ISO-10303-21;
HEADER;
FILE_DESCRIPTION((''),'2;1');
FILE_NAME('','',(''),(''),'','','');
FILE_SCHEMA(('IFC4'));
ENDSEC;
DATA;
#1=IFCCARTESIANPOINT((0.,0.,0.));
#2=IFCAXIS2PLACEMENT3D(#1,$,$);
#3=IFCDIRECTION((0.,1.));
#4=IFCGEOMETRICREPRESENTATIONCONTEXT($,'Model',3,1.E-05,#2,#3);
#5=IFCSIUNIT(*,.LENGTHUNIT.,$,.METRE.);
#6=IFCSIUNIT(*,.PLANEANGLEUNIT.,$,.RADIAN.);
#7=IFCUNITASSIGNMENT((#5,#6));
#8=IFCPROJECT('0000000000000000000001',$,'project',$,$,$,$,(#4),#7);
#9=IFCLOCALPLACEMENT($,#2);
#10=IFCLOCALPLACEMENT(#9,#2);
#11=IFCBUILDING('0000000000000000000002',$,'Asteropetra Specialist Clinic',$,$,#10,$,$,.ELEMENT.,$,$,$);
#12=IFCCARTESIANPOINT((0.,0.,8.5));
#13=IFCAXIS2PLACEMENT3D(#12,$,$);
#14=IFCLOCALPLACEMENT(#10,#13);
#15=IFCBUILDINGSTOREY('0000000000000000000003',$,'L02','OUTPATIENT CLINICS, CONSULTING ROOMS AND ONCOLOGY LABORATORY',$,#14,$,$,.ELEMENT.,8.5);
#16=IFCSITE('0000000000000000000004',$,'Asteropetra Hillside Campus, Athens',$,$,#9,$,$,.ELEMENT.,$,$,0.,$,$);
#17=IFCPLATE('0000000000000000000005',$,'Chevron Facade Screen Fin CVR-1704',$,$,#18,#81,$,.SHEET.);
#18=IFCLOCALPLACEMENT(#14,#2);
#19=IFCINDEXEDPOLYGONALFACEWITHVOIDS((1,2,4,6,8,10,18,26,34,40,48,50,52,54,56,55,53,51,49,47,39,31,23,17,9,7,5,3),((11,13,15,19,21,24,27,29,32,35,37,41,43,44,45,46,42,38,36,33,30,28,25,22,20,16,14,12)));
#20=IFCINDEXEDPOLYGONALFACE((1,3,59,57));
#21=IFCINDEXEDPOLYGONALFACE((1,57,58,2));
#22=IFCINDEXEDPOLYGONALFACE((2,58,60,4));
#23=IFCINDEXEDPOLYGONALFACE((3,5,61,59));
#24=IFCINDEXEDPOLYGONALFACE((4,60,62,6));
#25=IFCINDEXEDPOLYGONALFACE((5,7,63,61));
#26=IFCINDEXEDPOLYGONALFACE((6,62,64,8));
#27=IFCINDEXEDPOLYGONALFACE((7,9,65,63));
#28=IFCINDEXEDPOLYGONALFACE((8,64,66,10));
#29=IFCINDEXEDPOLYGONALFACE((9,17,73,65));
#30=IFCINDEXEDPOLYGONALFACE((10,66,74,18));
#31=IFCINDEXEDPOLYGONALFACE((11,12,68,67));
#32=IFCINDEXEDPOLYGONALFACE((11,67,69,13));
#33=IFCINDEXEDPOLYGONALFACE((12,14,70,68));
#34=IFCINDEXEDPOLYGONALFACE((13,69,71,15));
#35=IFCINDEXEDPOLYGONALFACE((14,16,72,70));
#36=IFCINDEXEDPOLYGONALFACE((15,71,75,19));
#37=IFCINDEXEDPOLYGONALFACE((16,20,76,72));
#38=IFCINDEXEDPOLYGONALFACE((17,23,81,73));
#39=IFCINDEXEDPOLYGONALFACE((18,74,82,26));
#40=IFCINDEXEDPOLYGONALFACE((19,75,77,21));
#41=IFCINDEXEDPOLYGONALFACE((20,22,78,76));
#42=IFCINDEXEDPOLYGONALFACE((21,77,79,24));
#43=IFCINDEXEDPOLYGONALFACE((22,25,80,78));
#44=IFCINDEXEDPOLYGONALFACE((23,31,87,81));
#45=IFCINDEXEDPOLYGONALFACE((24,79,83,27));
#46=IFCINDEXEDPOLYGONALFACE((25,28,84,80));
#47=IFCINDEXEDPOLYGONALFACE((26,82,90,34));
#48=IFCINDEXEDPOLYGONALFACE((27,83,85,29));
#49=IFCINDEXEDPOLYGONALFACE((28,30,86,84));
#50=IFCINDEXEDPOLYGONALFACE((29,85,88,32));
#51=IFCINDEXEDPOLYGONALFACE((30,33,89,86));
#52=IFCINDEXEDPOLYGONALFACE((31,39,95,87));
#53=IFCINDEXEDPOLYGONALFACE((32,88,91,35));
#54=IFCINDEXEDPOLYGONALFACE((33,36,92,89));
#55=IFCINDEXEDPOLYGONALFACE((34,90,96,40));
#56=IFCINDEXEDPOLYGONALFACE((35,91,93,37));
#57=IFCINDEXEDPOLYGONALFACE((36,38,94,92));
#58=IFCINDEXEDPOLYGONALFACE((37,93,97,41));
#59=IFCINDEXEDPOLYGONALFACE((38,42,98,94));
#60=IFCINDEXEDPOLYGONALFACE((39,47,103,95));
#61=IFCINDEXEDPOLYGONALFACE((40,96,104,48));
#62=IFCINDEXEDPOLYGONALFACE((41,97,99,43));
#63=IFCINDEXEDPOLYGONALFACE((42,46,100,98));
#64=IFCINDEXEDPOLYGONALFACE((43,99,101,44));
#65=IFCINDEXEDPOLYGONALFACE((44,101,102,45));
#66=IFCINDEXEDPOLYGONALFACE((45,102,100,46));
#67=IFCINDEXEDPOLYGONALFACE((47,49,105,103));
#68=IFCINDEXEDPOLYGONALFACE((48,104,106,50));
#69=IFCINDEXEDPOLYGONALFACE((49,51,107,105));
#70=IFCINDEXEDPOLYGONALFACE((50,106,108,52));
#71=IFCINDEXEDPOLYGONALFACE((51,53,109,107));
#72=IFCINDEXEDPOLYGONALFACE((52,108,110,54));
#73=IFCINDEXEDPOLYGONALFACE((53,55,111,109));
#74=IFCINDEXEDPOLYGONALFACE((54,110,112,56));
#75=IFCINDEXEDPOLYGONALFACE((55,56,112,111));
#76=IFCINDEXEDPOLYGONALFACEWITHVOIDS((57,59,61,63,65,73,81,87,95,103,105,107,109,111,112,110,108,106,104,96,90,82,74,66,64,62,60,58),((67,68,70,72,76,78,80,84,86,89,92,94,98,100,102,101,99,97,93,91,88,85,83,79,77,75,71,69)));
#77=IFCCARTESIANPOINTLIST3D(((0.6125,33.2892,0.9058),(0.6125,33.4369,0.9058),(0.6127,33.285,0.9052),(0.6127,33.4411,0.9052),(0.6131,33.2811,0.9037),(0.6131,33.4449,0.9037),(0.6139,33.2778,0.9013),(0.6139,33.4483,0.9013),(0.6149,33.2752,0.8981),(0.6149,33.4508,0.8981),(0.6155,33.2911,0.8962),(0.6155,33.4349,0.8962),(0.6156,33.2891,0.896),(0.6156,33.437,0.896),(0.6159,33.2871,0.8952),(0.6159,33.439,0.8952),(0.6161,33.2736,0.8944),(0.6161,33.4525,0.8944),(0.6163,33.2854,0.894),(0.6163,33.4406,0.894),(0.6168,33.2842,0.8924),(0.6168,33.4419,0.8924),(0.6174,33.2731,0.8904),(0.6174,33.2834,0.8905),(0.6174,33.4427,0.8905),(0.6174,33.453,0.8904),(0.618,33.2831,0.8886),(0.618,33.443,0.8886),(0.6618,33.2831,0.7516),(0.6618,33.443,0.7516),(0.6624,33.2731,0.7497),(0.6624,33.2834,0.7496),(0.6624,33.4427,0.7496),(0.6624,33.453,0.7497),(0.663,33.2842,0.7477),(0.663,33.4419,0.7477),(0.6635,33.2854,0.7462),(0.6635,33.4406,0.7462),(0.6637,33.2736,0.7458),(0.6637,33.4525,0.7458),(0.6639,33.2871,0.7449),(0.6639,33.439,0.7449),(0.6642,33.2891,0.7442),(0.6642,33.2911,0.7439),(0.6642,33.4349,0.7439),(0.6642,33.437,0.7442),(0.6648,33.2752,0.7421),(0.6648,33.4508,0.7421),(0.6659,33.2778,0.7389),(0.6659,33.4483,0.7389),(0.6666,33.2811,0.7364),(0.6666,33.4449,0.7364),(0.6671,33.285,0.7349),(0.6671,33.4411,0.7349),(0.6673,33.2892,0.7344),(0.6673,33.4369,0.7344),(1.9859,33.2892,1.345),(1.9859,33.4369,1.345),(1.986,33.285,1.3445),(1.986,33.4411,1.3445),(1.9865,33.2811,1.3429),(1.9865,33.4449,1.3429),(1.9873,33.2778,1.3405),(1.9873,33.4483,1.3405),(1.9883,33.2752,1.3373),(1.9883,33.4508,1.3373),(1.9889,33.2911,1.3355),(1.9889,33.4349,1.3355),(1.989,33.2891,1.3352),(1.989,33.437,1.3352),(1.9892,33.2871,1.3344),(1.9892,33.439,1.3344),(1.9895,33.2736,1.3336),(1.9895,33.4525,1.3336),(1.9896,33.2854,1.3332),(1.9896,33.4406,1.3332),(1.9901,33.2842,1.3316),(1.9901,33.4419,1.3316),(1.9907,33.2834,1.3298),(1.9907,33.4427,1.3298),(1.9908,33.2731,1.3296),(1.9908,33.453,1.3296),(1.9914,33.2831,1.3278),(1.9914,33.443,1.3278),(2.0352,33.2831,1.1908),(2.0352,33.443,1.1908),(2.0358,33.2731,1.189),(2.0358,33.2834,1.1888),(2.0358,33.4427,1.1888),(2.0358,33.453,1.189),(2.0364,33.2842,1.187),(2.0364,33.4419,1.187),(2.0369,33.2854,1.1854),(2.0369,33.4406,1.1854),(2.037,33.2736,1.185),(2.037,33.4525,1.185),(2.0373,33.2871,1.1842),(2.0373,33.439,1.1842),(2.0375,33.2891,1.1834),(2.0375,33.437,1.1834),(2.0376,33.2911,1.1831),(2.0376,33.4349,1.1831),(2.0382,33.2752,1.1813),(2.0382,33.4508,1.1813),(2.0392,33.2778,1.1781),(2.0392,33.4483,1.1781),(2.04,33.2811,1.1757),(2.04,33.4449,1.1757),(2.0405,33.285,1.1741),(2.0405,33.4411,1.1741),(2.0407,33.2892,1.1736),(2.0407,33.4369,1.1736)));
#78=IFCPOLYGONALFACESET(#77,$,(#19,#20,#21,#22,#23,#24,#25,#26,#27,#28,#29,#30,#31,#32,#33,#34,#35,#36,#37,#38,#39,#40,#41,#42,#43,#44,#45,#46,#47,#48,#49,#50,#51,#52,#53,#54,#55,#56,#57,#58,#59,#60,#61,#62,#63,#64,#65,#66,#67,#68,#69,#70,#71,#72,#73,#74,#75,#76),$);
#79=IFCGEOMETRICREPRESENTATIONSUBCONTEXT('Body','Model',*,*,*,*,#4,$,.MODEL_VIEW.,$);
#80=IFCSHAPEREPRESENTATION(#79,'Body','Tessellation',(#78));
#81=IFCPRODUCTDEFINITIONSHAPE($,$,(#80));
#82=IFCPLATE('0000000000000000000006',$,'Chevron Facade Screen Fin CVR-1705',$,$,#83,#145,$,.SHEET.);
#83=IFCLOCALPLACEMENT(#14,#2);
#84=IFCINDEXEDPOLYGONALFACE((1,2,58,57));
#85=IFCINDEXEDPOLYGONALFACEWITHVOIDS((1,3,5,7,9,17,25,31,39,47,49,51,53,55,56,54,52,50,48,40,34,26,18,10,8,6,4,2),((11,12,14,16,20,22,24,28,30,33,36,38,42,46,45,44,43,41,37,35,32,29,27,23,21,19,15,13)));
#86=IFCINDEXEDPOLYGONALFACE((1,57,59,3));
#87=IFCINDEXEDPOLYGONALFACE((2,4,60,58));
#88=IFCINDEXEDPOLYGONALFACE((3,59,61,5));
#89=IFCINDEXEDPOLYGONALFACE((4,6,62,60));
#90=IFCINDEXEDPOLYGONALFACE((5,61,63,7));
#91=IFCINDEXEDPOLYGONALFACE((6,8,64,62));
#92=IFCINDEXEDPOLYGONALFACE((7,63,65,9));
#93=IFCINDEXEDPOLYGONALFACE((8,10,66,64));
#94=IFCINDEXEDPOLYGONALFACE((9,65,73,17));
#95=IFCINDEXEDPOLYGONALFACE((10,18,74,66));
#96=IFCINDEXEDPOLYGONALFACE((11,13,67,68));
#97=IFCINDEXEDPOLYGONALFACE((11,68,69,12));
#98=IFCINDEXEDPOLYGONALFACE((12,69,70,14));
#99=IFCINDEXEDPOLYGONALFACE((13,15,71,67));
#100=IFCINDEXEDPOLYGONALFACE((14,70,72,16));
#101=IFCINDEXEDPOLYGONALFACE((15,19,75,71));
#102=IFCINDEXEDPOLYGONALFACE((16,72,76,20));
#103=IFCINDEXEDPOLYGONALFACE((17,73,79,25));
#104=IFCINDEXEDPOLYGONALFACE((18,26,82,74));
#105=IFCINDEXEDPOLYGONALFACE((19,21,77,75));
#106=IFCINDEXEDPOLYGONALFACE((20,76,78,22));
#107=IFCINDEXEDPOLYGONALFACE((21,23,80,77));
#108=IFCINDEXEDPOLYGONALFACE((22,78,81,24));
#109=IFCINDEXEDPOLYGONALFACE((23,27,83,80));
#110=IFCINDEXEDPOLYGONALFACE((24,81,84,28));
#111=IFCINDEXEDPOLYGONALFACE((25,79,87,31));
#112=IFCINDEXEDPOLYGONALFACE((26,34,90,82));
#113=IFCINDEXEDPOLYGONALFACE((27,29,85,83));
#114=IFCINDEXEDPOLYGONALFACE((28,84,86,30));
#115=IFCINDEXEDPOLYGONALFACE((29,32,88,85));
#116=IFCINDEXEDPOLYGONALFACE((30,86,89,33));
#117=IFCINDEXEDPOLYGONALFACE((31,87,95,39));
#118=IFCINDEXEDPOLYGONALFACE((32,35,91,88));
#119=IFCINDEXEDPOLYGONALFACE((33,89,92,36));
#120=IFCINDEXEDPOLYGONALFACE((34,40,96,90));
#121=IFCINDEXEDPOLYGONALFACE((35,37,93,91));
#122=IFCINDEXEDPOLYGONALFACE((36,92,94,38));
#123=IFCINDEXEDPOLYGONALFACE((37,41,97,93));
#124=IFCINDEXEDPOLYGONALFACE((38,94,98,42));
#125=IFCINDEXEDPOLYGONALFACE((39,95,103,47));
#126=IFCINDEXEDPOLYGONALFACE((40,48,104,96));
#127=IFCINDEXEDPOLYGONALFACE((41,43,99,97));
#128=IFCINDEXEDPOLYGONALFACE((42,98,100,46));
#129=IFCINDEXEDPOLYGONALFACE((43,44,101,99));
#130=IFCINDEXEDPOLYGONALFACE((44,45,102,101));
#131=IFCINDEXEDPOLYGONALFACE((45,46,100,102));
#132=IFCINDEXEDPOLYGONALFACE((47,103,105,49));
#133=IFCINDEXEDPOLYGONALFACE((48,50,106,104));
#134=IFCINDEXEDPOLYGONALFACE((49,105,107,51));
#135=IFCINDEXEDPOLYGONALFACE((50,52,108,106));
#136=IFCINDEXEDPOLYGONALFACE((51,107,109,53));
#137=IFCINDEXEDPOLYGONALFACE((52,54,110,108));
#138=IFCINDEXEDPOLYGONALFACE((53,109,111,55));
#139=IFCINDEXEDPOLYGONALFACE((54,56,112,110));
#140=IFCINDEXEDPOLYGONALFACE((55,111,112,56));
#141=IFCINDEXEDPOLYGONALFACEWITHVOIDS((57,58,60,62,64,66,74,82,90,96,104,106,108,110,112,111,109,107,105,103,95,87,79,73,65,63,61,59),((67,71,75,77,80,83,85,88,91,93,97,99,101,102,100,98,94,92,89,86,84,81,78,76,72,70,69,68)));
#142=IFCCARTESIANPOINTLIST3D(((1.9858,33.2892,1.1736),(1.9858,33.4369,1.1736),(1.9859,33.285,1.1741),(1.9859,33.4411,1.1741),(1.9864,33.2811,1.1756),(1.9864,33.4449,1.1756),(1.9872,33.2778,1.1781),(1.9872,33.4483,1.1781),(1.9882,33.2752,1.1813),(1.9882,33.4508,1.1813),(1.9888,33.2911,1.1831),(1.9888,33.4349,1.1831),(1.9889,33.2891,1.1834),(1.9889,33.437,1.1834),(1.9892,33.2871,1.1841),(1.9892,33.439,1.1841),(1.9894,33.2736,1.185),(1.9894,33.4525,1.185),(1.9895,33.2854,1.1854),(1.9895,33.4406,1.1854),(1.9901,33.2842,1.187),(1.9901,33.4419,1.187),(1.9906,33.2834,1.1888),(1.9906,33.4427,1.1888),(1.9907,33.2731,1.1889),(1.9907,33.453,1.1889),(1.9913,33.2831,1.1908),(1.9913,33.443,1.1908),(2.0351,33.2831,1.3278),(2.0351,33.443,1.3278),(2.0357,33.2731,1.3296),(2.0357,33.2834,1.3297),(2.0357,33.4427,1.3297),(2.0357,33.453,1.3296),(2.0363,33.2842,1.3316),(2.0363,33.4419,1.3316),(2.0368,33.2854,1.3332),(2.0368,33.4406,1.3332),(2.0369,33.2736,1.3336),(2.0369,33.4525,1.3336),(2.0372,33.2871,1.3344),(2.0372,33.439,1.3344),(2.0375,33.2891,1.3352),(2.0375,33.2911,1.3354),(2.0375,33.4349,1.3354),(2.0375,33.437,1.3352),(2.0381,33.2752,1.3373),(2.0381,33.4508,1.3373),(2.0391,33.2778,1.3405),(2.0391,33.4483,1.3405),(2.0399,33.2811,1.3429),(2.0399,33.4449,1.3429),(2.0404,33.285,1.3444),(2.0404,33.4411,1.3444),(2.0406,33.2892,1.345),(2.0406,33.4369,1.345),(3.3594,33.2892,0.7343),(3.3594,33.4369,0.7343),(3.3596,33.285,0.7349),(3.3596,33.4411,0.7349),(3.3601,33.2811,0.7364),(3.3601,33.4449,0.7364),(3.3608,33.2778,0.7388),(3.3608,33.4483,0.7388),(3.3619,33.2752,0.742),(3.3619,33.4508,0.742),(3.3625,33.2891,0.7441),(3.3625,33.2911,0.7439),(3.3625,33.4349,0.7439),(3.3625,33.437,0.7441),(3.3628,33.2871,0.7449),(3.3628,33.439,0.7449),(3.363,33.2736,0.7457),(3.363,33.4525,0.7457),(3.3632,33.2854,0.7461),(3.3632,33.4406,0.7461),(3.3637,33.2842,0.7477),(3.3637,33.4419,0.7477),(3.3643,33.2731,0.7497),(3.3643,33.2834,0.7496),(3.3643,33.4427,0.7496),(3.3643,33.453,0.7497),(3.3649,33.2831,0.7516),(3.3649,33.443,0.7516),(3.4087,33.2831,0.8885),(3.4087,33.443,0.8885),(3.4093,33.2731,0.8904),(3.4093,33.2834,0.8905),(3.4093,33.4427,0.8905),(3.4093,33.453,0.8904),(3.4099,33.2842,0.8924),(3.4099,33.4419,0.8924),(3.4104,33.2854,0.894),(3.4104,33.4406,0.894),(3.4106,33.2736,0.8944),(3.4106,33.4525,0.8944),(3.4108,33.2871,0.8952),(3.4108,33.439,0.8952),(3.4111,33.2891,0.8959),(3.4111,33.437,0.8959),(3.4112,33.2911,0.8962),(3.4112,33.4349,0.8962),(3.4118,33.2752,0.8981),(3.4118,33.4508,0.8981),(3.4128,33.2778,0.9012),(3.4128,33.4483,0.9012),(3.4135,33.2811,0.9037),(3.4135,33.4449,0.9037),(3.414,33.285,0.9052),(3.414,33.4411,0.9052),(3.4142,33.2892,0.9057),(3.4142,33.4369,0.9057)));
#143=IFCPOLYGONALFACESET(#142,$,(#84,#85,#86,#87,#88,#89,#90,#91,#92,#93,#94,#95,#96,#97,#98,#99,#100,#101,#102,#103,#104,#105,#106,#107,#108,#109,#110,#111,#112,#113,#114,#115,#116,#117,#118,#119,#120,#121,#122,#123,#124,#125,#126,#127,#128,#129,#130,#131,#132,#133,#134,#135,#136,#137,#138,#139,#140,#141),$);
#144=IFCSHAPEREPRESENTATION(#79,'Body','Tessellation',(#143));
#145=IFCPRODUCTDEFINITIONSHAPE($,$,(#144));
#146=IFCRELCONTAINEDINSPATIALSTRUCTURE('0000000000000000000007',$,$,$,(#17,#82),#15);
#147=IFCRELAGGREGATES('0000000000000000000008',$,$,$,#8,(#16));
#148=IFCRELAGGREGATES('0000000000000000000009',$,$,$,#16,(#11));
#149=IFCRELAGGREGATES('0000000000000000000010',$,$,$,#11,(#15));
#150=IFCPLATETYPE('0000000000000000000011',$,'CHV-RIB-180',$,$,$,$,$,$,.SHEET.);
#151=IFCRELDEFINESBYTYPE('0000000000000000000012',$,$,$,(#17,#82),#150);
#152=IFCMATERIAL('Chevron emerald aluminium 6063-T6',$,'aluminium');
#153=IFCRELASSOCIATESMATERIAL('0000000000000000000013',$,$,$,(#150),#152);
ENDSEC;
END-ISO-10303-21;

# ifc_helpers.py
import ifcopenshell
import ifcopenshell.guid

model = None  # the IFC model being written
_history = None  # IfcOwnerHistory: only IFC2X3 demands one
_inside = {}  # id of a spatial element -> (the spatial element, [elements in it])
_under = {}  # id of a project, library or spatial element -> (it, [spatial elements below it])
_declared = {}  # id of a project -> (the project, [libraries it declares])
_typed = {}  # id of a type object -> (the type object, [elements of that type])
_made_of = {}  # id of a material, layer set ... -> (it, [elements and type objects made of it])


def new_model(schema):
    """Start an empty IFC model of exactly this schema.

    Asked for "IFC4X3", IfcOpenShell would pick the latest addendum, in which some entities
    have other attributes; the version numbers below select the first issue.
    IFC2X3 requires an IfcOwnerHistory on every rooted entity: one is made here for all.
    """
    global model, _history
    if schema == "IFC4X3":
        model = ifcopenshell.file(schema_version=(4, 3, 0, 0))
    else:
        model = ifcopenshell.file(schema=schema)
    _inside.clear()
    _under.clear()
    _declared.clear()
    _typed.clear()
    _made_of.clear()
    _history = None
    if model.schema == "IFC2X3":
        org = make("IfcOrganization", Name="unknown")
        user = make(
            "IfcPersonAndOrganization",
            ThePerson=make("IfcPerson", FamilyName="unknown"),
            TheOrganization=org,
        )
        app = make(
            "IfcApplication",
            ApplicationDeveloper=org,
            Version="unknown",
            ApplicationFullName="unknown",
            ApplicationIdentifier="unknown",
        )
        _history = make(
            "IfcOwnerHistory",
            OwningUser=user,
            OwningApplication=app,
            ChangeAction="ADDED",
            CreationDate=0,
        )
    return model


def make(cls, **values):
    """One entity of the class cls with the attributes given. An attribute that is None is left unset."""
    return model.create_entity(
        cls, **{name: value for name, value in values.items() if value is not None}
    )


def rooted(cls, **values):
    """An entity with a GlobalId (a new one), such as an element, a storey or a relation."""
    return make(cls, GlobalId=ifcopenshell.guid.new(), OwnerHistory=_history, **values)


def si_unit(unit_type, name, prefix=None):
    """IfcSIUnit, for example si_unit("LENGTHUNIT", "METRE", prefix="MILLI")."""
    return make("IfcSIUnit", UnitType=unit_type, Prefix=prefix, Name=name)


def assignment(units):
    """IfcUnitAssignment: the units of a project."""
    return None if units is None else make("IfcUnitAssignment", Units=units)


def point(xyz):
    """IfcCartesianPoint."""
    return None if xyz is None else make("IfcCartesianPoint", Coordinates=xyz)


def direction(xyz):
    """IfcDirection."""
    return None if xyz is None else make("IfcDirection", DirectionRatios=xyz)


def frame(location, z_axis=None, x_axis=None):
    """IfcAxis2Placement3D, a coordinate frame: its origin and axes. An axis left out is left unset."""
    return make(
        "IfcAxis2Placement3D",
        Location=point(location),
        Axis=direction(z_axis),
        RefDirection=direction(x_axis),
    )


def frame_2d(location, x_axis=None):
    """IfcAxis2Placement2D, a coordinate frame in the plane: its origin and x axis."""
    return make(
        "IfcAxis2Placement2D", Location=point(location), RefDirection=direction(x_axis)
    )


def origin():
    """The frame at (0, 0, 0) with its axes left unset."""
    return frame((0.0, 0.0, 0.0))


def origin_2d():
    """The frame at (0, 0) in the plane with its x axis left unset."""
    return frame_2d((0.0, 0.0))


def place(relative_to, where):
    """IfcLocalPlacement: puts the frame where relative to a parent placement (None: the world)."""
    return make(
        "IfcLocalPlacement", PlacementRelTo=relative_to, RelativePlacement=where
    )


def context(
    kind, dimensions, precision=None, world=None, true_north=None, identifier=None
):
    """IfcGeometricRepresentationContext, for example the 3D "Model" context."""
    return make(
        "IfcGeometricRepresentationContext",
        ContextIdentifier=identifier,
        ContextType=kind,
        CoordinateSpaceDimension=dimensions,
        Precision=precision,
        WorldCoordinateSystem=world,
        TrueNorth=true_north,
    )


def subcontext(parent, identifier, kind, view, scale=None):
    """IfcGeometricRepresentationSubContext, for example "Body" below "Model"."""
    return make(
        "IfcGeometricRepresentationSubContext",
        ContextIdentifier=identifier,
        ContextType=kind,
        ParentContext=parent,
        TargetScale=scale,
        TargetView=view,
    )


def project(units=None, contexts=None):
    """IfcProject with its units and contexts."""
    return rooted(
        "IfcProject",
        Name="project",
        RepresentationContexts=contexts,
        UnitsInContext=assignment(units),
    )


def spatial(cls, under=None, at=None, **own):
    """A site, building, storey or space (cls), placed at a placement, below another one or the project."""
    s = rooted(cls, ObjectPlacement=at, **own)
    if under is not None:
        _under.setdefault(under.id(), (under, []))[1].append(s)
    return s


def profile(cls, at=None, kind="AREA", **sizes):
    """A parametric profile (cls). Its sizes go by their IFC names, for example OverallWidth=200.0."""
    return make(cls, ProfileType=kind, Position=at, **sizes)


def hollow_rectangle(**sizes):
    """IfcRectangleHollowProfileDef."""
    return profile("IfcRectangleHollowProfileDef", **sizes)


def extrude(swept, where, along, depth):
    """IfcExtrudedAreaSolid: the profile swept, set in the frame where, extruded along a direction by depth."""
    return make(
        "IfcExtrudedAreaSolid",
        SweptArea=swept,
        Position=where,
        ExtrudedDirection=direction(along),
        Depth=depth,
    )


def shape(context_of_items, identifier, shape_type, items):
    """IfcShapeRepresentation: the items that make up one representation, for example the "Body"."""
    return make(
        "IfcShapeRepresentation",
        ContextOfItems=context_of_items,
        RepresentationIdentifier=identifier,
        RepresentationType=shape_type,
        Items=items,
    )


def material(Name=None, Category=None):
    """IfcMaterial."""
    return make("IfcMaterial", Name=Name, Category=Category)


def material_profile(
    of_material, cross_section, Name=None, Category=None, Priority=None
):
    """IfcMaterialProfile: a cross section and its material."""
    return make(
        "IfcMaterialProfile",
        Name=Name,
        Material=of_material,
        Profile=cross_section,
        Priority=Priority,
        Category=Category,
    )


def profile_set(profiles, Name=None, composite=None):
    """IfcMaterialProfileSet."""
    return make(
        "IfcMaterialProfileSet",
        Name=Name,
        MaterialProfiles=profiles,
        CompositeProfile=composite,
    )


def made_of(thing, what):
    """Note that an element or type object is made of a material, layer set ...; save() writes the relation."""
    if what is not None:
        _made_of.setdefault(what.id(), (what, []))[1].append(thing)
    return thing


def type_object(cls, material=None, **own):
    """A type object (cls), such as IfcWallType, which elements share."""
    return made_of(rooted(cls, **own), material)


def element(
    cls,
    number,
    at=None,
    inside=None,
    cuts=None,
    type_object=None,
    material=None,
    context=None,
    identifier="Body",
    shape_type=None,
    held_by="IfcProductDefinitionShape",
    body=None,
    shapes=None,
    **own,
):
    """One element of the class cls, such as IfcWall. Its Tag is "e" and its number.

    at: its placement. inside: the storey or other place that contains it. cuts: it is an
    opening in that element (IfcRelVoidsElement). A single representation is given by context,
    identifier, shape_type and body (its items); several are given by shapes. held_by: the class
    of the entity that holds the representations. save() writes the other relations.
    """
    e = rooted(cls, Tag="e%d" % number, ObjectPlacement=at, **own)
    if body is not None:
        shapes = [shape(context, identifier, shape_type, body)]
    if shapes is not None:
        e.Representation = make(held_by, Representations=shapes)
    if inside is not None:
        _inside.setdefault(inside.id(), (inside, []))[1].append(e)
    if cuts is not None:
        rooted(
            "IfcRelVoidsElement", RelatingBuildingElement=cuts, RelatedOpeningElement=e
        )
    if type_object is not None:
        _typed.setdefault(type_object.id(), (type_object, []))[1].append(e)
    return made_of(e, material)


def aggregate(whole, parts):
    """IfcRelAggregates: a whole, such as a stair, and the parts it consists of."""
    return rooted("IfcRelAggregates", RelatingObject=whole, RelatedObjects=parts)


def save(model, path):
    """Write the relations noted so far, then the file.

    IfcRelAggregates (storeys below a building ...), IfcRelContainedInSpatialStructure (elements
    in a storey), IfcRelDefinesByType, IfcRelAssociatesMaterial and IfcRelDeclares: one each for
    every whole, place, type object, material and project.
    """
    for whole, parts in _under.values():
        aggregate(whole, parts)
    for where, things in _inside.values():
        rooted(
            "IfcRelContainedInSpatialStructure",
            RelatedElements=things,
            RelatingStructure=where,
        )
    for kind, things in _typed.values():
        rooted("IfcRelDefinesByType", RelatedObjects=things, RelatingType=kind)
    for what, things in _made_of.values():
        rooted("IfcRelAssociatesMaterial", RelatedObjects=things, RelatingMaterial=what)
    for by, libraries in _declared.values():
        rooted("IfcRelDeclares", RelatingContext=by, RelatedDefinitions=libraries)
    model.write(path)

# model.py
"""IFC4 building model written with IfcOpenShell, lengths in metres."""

from ifc_helpers import new_model, si_unit, direction, frame, origin, origin_2d, place, context, subcontext, project, spatial, hollow_rectangle, extrude, material, material_profile, profile_set, type_object, element, save


model = new_model("IFC4")

# Units and contexts
model_context = context("Model", 3, precision=1e-05, world=origin(), true_north=direction((0.0, 1.0)))
body_context = subcontext(model_context, "Body", "Model", "MODEL_VIEW")
ifc_project = project(units=[si_unit("LENGTHUNIT", "METRE"), si_unit("PLANEANGLEUNIT", "RADIAN")], contexts=[model_context])

# Site, building, storey
site_placement = place(None, origin())
site = spatial("IfcSite", under=ifc_project, at=site_placement, Name="Asteropetra Hillside Campus, Athens", CompositionType="ELEMENT", RefElevation=0.0)
building_placement = place(site_placement, origin())
building = spatial("IfcBuilding", under=site, at=building_placement, Name="Asteropetra Specialist Clinic", CompositionType="ELEMENT")
storey_placement = place(building_placement, frame((0.0, 0.0, 8.5)))
storey = spatial("IfcBuildingStorey", under=building, at=storey_placement, Name="L02", Description="OUTPATIENT CLINICS, CONSULTING ROOMS AND ONCOLOGY LABORATORY", CompositionType="ELEMENT", Elevation=8.5)

# Plates
ifc_material_1 = material(Name="Chevron emerald aluminium 6063-T6", Category="aluminium")
ifc_material_profile_1 = material_profile(ifc_material_1, hollow_rectangle(XDim=0.1799, YDim=0.1799, WallThickness=0.01, InnerFilletRadius=0.0081, OuterFilletRadius=0.0161, at=origin_2d()), Name="SHS 180x180x10.0")
ifc_profile_set_1 = profile_set([ifc_material_profile_1], Name="Chevron emerald aluminium 6063-T6")
plate_type_1 = type_object("IfcPlateType", Name="CHV-RIB-180", PredefinedType="SHEET", material=ifc_profile_set_1)
plate_1_placement = place(storey_placement, frame((0.6399, 33.363, 0.8201), z_axis=(0.952473, 0.0, 0.304622), x_axis=(0.0, 1.0, 0.0)))
element("IfcPlate", 1, at=plate_1_placement, inside=storey, type_object=plate_type_1, Name="Chevron Facade Screen Fin CVR-1704", PredefinedType="SHEET", context=body_context, shape_type="SweptSolid", body=[
    extrude(hollow_rectangle(XDim=0.1799, YDim=0.1799, WallThickness=0.01, InnerFilletRadius=0.0081, OuterFilletRadius=0.0161, at=origin_2d()), origin(), (0.0, 0.0, 1.0), 1.4419),
])
plate_2_placement = place(storey_placement, frame((2.0132, 33.363, 1.2593), z_axis=(0.952489, 0.0, -0.304573), x_axis=(0.0, 1.0, 0.0)))
element("IfcPlate", 2, at=plate_2_placement, inside=storey, type_object=plate_type_1, Name="Chevron Facade Screen Fin CVR-1705", PredefinedType="SHEET", context=body_context, shape_type="SweptSolid", body=[
    extrude(hollow_rectangle(XDim=0.1799, YDim=0.1799, WallThickness=0.01, InnerFilletRadius=0.0081, OuterFilletRadius=0.0161, at=origin_2d()), origin(), (0.0, 0.0, 1.0), 1.4421),
])

save(model, "model.ifc")
